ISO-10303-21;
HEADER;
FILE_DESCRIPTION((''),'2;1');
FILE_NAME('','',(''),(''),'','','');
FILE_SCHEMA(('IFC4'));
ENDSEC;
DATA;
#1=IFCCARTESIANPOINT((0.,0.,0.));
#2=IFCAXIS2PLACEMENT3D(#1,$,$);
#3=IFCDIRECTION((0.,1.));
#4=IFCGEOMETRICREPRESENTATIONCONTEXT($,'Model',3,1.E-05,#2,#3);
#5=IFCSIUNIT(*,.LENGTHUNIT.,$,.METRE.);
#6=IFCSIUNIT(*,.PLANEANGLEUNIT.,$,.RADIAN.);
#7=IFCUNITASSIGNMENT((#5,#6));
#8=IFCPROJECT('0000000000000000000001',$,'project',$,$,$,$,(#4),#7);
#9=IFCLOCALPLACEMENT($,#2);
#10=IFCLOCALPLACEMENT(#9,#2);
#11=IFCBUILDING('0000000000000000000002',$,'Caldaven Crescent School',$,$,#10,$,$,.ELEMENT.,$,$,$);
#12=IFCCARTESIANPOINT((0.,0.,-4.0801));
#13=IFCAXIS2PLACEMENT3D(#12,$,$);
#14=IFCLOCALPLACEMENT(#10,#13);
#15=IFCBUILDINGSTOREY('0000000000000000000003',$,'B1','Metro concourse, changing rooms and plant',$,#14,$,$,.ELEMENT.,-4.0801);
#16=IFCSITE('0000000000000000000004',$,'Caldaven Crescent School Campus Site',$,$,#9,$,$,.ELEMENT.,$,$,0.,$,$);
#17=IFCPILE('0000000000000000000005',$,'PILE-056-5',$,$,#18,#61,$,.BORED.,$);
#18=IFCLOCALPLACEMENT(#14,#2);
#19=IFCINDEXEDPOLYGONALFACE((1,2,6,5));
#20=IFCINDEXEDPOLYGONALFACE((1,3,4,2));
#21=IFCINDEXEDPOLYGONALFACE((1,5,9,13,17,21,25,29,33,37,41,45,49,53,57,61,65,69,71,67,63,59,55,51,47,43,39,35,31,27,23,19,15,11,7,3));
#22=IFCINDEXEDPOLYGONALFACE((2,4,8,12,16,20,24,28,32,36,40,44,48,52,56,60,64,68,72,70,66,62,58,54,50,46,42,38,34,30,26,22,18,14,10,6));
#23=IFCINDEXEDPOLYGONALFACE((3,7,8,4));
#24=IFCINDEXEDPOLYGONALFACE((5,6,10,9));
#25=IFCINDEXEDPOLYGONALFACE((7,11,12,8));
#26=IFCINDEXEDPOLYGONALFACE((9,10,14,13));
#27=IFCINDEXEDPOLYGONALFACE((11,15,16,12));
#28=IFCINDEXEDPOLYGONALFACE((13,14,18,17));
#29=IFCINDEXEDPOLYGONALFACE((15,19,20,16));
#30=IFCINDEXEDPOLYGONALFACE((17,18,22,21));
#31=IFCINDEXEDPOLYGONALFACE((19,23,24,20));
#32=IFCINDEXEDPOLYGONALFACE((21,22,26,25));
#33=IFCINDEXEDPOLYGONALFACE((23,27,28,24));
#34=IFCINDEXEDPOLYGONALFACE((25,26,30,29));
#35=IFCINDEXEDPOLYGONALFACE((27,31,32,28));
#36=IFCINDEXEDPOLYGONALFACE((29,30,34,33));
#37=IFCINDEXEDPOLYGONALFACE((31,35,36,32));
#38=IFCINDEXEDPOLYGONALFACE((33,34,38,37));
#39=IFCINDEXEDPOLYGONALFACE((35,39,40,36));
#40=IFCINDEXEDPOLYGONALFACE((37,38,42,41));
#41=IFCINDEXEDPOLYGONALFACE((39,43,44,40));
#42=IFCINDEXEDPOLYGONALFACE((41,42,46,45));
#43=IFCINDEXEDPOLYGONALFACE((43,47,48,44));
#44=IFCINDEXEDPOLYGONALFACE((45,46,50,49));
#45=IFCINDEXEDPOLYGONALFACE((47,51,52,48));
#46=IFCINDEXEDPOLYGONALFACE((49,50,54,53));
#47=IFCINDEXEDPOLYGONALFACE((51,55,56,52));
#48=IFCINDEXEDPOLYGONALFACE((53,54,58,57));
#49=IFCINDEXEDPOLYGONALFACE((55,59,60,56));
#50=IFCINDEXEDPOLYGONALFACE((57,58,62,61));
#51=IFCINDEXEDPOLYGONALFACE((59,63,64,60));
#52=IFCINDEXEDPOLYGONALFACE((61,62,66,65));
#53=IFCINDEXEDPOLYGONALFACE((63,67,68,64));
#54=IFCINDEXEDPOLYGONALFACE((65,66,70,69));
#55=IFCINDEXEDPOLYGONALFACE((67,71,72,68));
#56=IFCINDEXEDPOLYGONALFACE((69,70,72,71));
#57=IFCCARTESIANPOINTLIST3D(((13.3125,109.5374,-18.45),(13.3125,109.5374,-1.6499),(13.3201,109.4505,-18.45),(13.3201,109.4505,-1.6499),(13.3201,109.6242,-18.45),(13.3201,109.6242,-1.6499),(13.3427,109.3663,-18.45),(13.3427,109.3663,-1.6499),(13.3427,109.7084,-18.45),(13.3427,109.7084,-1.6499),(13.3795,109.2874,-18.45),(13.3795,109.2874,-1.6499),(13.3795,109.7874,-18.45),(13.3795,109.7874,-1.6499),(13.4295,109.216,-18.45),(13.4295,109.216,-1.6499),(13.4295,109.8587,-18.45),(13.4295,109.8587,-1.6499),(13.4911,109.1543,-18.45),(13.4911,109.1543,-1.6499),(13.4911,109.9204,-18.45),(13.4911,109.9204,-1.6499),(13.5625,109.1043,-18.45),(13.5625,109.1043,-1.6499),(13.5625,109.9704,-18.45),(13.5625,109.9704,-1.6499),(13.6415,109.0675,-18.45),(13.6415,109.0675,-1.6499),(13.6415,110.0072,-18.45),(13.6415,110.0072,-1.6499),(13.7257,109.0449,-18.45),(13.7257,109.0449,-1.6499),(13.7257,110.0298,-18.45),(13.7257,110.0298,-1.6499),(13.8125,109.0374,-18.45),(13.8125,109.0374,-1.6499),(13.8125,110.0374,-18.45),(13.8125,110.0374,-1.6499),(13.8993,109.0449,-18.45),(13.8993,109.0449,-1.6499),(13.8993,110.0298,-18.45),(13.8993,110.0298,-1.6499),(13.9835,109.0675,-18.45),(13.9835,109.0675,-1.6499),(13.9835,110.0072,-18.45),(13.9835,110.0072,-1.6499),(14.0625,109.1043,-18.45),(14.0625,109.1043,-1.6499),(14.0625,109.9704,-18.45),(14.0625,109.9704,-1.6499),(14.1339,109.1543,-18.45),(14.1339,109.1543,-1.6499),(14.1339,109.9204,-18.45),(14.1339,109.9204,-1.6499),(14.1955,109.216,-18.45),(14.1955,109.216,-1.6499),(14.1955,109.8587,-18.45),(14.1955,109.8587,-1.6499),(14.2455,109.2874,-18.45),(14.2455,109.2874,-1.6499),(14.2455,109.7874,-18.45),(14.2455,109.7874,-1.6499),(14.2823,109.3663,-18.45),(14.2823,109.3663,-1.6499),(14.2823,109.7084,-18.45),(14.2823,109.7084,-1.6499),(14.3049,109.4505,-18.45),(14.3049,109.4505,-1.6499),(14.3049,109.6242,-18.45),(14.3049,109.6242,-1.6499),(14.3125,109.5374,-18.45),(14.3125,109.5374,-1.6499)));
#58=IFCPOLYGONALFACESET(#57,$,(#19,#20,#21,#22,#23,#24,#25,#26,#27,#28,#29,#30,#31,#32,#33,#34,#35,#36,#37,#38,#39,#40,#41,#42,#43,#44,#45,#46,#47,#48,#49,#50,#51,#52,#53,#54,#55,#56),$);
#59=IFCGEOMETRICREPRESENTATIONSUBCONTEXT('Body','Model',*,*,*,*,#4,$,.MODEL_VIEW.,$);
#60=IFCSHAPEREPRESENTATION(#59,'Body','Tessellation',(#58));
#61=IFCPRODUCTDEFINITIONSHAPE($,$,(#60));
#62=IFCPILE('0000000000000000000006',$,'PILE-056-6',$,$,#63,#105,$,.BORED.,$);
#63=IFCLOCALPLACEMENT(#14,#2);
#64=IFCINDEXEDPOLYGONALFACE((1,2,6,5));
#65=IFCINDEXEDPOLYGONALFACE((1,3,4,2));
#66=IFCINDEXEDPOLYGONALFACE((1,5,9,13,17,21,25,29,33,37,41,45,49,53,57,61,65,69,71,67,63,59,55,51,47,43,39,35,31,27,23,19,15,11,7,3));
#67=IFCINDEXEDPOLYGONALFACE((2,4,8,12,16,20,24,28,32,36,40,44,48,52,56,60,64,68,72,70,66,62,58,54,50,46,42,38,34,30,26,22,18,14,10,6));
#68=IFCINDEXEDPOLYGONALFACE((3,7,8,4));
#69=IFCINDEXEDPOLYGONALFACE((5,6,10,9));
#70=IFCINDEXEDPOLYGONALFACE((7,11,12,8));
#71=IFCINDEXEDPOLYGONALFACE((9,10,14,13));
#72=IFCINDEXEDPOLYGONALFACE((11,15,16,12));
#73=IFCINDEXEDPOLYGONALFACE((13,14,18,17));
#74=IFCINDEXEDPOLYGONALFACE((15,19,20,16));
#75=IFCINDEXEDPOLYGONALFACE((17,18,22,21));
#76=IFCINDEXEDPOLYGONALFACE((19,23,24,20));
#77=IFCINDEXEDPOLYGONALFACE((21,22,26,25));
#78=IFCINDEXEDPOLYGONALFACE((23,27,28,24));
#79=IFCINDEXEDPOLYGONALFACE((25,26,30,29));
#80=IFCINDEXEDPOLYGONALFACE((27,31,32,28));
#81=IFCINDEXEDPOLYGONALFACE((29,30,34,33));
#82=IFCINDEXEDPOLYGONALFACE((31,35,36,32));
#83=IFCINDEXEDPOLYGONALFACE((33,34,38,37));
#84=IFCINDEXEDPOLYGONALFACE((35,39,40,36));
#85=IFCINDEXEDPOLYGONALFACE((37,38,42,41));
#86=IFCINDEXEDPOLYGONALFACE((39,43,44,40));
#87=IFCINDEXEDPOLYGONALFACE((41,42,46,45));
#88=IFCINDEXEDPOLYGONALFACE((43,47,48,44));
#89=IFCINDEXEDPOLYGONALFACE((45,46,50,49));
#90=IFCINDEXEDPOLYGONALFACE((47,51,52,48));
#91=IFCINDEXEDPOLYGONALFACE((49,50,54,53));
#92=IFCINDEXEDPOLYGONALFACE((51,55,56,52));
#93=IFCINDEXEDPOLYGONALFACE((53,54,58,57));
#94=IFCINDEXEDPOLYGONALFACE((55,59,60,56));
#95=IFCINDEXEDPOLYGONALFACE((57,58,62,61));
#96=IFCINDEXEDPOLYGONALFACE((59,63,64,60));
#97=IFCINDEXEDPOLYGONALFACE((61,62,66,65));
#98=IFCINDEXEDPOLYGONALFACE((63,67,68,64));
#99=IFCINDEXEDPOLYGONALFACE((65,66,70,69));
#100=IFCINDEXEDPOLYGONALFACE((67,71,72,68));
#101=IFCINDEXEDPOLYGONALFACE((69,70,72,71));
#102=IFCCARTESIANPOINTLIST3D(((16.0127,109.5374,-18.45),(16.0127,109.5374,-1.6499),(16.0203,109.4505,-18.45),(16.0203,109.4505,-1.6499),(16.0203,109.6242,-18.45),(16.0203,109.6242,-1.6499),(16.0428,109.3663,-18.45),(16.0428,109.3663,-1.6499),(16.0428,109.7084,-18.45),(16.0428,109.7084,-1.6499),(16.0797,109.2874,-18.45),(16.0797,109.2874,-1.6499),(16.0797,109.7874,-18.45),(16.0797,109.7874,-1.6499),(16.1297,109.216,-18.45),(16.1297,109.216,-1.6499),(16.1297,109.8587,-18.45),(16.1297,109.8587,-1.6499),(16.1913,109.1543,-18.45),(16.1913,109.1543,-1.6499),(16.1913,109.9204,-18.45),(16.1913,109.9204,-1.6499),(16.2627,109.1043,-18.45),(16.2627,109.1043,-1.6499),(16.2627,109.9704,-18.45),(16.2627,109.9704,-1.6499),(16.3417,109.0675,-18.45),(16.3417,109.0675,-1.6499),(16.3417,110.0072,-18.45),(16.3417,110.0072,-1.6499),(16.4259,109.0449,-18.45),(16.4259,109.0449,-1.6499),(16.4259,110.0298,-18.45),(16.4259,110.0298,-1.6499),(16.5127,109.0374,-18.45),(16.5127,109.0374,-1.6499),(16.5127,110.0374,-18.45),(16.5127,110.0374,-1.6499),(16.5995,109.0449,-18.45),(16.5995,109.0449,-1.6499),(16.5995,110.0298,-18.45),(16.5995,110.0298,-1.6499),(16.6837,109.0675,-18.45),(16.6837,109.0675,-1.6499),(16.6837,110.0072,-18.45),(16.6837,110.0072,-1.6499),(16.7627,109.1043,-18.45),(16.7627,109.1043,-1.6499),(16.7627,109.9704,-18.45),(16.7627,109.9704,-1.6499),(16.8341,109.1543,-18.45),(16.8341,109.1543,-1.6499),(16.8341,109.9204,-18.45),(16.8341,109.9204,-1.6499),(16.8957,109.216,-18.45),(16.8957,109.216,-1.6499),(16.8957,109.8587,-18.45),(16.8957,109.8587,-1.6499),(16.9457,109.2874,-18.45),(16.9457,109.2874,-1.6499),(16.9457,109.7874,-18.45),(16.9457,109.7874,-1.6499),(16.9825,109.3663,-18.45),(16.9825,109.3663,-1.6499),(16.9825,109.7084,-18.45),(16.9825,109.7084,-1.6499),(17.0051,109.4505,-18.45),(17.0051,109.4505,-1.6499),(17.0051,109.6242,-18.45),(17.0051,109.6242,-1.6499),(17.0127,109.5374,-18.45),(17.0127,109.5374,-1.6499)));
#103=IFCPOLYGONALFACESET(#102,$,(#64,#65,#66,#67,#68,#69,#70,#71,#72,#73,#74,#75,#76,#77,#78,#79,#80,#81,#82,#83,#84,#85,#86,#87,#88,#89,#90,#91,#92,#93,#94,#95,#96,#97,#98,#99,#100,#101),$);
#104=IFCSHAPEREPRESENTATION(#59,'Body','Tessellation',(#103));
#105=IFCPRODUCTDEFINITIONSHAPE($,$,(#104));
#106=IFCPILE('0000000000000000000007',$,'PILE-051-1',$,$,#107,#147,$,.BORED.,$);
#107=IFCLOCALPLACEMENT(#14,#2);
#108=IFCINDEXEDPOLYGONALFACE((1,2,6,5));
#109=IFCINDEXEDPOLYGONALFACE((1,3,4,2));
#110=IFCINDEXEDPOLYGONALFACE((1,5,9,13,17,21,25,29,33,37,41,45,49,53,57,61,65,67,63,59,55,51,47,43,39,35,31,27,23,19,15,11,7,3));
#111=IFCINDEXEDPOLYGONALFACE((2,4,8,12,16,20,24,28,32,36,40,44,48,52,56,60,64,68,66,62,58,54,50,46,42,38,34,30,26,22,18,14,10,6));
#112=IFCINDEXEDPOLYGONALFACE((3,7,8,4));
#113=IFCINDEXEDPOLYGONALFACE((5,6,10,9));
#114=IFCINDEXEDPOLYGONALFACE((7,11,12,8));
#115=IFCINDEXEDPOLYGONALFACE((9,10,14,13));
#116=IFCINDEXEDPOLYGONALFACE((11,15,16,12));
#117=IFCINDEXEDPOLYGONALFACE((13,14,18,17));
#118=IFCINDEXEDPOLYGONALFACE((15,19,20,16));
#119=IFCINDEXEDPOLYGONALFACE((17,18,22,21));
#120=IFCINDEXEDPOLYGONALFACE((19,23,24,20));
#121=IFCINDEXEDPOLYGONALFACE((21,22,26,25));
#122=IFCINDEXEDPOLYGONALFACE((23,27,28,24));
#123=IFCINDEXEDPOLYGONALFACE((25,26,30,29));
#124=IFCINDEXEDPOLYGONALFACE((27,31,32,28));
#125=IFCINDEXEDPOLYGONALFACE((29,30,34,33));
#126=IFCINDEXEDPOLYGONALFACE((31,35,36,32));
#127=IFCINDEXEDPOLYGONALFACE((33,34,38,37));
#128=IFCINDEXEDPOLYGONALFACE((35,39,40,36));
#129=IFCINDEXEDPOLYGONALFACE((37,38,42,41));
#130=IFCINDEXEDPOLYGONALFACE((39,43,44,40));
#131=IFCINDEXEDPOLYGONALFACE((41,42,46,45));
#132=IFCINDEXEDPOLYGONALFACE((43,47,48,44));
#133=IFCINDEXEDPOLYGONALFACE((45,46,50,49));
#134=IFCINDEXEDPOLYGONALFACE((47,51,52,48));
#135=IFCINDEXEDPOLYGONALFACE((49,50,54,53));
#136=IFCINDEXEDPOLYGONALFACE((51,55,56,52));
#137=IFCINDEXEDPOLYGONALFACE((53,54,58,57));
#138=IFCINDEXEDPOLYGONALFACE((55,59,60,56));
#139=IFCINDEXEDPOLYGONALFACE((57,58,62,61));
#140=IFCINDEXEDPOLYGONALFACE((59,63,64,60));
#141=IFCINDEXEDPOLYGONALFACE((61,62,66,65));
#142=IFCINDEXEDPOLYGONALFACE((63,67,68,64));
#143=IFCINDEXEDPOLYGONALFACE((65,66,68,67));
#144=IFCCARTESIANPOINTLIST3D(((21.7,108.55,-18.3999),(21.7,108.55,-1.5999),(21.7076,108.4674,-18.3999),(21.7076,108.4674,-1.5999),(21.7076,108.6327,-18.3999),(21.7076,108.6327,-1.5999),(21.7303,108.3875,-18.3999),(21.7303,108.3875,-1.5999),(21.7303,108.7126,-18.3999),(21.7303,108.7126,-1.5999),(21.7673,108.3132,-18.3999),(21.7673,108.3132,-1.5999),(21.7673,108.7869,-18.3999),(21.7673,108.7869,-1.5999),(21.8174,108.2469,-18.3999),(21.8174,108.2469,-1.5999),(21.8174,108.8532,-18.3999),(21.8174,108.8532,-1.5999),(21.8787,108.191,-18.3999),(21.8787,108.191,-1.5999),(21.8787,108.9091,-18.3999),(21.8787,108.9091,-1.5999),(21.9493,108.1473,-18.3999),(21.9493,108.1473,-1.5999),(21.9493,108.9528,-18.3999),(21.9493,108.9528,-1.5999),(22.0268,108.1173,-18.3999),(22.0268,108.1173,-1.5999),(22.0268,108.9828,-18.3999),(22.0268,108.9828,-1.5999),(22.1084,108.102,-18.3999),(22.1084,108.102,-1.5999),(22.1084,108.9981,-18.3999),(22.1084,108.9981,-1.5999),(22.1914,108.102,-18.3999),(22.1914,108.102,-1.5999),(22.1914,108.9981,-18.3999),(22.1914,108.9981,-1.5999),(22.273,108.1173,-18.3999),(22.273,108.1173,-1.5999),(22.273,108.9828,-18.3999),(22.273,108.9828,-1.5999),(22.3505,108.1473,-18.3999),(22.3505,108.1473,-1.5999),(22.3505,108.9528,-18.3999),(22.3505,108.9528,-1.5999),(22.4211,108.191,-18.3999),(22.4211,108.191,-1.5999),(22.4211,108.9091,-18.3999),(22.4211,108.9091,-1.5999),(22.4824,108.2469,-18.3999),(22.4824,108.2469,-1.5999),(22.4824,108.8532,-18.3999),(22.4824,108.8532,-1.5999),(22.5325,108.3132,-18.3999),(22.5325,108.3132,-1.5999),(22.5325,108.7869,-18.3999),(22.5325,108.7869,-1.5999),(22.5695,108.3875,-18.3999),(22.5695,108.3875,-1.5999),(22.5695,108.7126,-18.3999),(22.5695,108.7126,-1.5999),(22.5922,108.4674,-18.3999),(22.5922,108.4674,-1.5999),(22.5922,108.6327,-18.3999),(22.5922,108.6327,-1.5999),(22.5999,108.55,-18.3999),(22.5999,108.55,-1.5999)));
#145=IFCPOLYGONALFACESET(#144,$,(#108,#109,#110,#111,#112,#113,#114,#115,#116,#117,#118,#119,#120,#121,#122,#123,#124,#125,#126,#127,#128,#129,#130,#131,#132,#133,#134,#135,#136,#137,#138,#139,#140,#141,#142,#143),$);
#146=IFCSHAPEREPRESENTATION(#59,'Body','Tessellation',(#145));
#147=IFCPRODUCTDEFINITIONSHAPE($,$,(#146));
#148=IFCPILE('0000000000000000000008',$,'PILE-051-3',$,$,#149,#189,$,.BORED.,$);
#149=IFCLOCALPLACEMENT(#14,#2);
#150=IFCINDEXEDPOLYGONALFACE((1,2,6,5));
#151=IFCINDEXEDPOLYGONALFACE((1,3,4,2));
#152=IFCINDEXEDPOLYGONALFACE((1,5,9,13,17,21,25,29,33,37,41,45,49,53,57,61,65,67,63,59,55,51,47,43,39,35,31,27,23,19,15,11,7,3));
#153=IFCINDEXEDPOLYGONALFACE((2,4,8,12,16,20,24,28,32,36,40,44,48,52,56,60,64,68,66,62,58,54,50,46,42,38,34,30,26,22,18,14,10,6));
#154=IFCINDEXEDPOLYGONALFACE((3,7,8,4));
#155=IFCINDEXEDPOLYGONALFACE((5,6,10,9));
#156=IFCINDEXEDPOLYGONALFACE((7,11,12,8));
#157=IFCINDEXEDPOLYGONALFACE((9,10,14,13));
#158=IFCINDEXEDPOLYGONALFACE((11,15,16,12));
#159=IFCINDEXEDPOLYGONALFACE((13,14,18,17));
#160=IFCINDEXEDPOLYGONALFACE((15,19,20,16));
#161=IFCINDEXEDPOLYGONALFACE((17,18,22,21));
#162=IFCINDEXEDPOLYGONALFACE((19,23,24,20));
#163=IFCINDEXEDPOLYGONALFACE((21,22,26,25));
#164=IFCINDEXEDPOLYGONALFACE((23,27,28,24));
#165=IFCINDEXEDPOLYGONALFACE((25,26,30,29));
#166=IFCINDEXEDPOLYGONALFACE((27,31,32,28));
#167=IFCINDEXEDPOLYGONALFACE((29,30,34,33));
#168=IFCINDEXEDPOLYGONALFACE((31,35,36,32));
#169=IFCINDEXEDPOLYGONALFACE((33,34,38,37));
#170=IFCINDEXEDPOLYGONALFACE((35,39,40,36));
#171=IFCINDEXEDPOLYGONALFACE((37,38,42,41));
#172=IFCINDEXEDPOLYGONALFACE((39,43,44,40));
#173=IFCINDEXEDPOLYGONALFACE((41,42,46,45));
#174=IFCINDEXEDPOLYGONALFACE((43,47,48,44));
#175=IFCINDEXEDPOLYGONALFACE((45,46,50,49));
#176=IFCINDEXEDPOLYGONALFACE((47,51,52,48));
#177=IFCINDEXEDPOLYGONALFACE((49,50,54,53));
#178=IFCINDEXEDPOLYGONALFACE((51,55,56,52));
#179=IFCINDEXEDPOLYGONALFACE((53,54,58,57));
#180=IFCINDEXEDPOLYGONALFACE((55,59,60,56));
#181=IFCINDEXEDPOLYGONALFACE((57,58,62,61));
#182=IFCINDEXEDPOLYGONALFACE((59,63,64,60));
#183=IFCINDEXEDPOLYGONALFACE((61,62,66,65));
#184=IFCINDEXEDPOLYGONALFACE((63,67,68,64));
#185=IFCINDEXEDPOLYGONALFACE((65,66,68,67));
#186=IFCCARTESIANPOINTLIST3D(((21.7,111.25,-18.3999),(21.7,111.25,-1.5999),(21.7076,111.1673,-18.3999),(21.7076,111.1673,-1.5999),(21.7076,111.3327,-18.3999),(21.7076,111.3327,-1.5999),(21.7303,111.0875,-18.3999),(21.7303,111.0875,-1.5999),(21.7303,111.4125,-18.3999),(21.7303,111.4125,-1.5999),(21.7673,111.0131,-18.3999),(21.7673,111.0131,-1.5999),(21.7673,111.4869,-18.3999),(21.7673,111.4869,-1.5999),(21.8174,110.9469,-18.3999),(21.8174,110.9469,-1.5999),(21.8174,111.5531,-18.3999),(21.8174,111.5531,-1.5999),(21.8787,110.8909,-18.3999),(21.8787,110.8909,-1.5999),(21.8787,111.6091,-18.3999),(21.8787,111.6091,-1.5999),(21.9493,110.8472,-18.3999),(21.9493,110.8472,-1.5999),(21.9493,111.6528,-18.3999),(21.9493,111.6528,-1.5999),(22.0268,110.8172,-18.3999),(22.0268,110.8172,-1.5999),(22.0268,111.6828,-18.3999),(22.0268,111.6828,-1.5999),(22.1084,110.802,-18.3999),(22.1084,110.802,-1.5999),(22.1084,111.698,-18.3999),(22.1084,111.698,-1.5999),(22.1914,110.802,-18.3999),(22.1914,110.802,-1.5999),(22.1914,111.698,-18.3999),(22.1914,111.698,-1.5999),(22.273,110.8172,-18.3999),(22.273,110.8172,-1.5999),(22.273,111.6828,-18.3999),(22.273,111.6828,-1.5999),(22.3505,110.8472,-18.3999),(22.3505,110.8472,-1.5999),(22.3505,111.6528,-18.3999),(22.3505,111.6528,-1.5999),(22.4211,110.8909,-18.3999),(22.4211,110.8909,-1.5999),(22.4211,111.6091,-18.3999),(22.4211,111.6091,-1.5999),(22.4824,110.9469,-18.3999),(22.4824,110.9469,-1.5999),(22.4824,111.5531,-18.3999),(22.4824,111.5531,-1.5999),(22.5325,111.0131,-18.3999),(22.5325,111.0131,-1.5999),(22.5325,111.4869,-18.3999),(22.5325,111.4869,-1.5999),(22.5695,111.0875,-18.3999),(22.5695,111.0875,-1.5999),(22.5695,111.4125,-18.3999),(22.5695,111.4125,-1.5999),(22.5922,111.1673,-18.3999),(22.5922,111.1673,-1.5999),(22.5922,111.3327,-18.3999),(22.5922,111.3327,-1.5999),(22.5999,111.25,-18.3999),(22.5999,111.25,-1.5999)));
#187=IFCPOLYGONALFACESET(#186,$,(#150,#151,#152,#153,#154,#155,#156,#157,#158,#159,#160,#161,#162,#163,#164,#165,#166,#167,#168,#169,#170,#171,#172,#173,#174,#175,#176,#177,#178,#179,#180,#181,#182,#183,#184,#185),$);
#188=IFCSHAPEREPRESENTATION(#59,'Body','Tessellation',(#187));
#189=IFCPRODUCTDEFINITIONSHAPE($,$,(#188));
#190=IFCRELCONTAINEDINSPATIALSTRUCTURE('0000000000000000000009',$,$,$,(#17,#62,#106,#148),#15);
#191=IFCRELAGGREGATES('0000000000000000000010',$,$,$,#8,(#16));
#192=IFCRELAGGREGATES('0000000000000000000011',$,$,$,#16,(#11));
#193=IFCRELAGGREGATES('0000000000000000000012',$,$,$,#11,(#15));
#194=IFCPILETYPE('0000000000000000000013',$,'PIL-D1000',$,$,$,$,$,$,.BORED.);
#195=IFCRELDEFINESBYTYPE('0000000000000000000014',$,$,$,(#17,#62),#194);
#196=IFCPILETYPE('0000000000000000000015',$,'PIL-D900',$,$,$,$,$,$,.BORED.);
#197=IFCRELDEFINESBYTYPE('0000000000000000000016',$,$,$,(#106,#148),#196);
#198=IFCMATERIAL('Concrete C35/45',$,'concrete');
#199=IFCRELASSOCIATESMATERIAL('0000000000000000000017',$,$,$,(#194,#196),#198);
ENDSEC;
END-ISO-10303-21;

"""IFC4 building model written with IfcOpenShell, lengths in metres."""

from ifc_helpers import new_model, si_unit, direction, frame, origin, origin_2d, place, context, subcontext, project, spatial, circle, extrude, material, material_profile, profile_set, type_object, element, save


model = new_model("IFC4")

# Units and contexts
model_context = context("Model", 3, precision=1e-05, world=origin(), true_north=direction((0.0, 1.0)))
body_context = subcontext(model_context, "Body", "Model", "MODEL_VIEW")
ifc_project = project(units=[si_unit("LENGTHUNIT", "METRE"), si_unit("PLANEANGLEUNIT", "RADIAN")], contexts=[model_context])

# Site, building, storey
site_placement = place(None, origin())
site = spatial("IfcSite", under=ifc_project, at=site_placement, Name="Caldaven Crescent School Campus Site", CompositionType="ELEMENT", RefElevation=0.0)
building_placement = place(site_placement, origin())
building = spatial("IfcBuilding", under=site, at=building_placement, Name="Caldaven Crescent School", CompositionType="ELEMENT")
storey_placement = place(building_placement, frame((0.0, 0.0, -4.0801)))
storey = spatial("IfcBuildingStorey", under=building, at=storey_placement, Name="B1", Description="Metro concourse, changing rooms and plant", CompositionType="ELEMENT", Elevation=-4.0801)

# Shared definitions
ifc_material_1 = material(Name="Concrete C35/45", Category="concrete")

# Piles
ifc_material_profile_1 = material_profile(ifc_material_1, circle(Radius=0.5, at=origin_2d()), Name="PILE D1000")
ifc_profile_set_1 = profile_set([ifc_material_profile_1], Name="Concrete C35/45")
pile_type_1 = type_object("IfcPileType", Name="PIL-D1000", PredefinedType="BORED", material=ifc_profile_set_1)
for number, where, z_axis, x_axis, name in (
    (1, (13.8125, 109.5374, -1.6499), (0.0, 0.0, -1.0), (1.0, 0.0, 0.0), "PILE-056-5"),
    (2, (16.5127, 109.5374, -1.6499), (0.0, 0.0, -1.0), (1.0, 0.0, 0.0), "PILE-056-6"),
):
    element("IfcPile", number, at=place(storey_placement, frame(where, z_axis=z_axis, x_axis=x_axis)), inside=storey, type_object=pile_type_1, Name=name, PredefinedType="BORED", context=body_context, shape_type="SweptSolid", body=[
        extrude(circle(Radius=0.5, at=origin_2d()), origin(), (0.0, 0.0, 1.0), 16.8),
    ])
ifc_material_profile_2 = material_profile(ifc_material_1, circle(Radius=0.45, at=origin_2d()), Name="PILE D900")
ifc_profile_set_2 = profile_set([ifc_material_profile_2], Name="Concrete C35/45")
pile_type_2 = type_object("IfcPileType", Name="PIL-D900", PredefinedType="BORED", material=ifc_profile_set_2)
for number, where, z_axis, x_axis, name in (
    (3, (22.1499, 108.55, -1.5999), (0.0, 0.0, -1.0), (1.0, 0.0, 0.0), "PILE-051-1"),
    (4, (22.1499, 111.25, -1.5999), (0.0, 0.0, -1.0), (1.0, 0.0, 0.0), "PILE-051-3"),
):
    element("IfcPile", number, at=place(storey_placement, frame(where, z_axis=z_axis, x_axis=x_axis)), inside=storey, type_object=pile_type_2, Name=name, PredefinedType="BORED", context=body_context, shape_type="SweptSolid", body=[
        extrude(circle(Radius=0.45, at=origin_2d()), origin(), (0.0, 0.0, 1.0), 16.8),
    ])

save(model, "model.ifc")
